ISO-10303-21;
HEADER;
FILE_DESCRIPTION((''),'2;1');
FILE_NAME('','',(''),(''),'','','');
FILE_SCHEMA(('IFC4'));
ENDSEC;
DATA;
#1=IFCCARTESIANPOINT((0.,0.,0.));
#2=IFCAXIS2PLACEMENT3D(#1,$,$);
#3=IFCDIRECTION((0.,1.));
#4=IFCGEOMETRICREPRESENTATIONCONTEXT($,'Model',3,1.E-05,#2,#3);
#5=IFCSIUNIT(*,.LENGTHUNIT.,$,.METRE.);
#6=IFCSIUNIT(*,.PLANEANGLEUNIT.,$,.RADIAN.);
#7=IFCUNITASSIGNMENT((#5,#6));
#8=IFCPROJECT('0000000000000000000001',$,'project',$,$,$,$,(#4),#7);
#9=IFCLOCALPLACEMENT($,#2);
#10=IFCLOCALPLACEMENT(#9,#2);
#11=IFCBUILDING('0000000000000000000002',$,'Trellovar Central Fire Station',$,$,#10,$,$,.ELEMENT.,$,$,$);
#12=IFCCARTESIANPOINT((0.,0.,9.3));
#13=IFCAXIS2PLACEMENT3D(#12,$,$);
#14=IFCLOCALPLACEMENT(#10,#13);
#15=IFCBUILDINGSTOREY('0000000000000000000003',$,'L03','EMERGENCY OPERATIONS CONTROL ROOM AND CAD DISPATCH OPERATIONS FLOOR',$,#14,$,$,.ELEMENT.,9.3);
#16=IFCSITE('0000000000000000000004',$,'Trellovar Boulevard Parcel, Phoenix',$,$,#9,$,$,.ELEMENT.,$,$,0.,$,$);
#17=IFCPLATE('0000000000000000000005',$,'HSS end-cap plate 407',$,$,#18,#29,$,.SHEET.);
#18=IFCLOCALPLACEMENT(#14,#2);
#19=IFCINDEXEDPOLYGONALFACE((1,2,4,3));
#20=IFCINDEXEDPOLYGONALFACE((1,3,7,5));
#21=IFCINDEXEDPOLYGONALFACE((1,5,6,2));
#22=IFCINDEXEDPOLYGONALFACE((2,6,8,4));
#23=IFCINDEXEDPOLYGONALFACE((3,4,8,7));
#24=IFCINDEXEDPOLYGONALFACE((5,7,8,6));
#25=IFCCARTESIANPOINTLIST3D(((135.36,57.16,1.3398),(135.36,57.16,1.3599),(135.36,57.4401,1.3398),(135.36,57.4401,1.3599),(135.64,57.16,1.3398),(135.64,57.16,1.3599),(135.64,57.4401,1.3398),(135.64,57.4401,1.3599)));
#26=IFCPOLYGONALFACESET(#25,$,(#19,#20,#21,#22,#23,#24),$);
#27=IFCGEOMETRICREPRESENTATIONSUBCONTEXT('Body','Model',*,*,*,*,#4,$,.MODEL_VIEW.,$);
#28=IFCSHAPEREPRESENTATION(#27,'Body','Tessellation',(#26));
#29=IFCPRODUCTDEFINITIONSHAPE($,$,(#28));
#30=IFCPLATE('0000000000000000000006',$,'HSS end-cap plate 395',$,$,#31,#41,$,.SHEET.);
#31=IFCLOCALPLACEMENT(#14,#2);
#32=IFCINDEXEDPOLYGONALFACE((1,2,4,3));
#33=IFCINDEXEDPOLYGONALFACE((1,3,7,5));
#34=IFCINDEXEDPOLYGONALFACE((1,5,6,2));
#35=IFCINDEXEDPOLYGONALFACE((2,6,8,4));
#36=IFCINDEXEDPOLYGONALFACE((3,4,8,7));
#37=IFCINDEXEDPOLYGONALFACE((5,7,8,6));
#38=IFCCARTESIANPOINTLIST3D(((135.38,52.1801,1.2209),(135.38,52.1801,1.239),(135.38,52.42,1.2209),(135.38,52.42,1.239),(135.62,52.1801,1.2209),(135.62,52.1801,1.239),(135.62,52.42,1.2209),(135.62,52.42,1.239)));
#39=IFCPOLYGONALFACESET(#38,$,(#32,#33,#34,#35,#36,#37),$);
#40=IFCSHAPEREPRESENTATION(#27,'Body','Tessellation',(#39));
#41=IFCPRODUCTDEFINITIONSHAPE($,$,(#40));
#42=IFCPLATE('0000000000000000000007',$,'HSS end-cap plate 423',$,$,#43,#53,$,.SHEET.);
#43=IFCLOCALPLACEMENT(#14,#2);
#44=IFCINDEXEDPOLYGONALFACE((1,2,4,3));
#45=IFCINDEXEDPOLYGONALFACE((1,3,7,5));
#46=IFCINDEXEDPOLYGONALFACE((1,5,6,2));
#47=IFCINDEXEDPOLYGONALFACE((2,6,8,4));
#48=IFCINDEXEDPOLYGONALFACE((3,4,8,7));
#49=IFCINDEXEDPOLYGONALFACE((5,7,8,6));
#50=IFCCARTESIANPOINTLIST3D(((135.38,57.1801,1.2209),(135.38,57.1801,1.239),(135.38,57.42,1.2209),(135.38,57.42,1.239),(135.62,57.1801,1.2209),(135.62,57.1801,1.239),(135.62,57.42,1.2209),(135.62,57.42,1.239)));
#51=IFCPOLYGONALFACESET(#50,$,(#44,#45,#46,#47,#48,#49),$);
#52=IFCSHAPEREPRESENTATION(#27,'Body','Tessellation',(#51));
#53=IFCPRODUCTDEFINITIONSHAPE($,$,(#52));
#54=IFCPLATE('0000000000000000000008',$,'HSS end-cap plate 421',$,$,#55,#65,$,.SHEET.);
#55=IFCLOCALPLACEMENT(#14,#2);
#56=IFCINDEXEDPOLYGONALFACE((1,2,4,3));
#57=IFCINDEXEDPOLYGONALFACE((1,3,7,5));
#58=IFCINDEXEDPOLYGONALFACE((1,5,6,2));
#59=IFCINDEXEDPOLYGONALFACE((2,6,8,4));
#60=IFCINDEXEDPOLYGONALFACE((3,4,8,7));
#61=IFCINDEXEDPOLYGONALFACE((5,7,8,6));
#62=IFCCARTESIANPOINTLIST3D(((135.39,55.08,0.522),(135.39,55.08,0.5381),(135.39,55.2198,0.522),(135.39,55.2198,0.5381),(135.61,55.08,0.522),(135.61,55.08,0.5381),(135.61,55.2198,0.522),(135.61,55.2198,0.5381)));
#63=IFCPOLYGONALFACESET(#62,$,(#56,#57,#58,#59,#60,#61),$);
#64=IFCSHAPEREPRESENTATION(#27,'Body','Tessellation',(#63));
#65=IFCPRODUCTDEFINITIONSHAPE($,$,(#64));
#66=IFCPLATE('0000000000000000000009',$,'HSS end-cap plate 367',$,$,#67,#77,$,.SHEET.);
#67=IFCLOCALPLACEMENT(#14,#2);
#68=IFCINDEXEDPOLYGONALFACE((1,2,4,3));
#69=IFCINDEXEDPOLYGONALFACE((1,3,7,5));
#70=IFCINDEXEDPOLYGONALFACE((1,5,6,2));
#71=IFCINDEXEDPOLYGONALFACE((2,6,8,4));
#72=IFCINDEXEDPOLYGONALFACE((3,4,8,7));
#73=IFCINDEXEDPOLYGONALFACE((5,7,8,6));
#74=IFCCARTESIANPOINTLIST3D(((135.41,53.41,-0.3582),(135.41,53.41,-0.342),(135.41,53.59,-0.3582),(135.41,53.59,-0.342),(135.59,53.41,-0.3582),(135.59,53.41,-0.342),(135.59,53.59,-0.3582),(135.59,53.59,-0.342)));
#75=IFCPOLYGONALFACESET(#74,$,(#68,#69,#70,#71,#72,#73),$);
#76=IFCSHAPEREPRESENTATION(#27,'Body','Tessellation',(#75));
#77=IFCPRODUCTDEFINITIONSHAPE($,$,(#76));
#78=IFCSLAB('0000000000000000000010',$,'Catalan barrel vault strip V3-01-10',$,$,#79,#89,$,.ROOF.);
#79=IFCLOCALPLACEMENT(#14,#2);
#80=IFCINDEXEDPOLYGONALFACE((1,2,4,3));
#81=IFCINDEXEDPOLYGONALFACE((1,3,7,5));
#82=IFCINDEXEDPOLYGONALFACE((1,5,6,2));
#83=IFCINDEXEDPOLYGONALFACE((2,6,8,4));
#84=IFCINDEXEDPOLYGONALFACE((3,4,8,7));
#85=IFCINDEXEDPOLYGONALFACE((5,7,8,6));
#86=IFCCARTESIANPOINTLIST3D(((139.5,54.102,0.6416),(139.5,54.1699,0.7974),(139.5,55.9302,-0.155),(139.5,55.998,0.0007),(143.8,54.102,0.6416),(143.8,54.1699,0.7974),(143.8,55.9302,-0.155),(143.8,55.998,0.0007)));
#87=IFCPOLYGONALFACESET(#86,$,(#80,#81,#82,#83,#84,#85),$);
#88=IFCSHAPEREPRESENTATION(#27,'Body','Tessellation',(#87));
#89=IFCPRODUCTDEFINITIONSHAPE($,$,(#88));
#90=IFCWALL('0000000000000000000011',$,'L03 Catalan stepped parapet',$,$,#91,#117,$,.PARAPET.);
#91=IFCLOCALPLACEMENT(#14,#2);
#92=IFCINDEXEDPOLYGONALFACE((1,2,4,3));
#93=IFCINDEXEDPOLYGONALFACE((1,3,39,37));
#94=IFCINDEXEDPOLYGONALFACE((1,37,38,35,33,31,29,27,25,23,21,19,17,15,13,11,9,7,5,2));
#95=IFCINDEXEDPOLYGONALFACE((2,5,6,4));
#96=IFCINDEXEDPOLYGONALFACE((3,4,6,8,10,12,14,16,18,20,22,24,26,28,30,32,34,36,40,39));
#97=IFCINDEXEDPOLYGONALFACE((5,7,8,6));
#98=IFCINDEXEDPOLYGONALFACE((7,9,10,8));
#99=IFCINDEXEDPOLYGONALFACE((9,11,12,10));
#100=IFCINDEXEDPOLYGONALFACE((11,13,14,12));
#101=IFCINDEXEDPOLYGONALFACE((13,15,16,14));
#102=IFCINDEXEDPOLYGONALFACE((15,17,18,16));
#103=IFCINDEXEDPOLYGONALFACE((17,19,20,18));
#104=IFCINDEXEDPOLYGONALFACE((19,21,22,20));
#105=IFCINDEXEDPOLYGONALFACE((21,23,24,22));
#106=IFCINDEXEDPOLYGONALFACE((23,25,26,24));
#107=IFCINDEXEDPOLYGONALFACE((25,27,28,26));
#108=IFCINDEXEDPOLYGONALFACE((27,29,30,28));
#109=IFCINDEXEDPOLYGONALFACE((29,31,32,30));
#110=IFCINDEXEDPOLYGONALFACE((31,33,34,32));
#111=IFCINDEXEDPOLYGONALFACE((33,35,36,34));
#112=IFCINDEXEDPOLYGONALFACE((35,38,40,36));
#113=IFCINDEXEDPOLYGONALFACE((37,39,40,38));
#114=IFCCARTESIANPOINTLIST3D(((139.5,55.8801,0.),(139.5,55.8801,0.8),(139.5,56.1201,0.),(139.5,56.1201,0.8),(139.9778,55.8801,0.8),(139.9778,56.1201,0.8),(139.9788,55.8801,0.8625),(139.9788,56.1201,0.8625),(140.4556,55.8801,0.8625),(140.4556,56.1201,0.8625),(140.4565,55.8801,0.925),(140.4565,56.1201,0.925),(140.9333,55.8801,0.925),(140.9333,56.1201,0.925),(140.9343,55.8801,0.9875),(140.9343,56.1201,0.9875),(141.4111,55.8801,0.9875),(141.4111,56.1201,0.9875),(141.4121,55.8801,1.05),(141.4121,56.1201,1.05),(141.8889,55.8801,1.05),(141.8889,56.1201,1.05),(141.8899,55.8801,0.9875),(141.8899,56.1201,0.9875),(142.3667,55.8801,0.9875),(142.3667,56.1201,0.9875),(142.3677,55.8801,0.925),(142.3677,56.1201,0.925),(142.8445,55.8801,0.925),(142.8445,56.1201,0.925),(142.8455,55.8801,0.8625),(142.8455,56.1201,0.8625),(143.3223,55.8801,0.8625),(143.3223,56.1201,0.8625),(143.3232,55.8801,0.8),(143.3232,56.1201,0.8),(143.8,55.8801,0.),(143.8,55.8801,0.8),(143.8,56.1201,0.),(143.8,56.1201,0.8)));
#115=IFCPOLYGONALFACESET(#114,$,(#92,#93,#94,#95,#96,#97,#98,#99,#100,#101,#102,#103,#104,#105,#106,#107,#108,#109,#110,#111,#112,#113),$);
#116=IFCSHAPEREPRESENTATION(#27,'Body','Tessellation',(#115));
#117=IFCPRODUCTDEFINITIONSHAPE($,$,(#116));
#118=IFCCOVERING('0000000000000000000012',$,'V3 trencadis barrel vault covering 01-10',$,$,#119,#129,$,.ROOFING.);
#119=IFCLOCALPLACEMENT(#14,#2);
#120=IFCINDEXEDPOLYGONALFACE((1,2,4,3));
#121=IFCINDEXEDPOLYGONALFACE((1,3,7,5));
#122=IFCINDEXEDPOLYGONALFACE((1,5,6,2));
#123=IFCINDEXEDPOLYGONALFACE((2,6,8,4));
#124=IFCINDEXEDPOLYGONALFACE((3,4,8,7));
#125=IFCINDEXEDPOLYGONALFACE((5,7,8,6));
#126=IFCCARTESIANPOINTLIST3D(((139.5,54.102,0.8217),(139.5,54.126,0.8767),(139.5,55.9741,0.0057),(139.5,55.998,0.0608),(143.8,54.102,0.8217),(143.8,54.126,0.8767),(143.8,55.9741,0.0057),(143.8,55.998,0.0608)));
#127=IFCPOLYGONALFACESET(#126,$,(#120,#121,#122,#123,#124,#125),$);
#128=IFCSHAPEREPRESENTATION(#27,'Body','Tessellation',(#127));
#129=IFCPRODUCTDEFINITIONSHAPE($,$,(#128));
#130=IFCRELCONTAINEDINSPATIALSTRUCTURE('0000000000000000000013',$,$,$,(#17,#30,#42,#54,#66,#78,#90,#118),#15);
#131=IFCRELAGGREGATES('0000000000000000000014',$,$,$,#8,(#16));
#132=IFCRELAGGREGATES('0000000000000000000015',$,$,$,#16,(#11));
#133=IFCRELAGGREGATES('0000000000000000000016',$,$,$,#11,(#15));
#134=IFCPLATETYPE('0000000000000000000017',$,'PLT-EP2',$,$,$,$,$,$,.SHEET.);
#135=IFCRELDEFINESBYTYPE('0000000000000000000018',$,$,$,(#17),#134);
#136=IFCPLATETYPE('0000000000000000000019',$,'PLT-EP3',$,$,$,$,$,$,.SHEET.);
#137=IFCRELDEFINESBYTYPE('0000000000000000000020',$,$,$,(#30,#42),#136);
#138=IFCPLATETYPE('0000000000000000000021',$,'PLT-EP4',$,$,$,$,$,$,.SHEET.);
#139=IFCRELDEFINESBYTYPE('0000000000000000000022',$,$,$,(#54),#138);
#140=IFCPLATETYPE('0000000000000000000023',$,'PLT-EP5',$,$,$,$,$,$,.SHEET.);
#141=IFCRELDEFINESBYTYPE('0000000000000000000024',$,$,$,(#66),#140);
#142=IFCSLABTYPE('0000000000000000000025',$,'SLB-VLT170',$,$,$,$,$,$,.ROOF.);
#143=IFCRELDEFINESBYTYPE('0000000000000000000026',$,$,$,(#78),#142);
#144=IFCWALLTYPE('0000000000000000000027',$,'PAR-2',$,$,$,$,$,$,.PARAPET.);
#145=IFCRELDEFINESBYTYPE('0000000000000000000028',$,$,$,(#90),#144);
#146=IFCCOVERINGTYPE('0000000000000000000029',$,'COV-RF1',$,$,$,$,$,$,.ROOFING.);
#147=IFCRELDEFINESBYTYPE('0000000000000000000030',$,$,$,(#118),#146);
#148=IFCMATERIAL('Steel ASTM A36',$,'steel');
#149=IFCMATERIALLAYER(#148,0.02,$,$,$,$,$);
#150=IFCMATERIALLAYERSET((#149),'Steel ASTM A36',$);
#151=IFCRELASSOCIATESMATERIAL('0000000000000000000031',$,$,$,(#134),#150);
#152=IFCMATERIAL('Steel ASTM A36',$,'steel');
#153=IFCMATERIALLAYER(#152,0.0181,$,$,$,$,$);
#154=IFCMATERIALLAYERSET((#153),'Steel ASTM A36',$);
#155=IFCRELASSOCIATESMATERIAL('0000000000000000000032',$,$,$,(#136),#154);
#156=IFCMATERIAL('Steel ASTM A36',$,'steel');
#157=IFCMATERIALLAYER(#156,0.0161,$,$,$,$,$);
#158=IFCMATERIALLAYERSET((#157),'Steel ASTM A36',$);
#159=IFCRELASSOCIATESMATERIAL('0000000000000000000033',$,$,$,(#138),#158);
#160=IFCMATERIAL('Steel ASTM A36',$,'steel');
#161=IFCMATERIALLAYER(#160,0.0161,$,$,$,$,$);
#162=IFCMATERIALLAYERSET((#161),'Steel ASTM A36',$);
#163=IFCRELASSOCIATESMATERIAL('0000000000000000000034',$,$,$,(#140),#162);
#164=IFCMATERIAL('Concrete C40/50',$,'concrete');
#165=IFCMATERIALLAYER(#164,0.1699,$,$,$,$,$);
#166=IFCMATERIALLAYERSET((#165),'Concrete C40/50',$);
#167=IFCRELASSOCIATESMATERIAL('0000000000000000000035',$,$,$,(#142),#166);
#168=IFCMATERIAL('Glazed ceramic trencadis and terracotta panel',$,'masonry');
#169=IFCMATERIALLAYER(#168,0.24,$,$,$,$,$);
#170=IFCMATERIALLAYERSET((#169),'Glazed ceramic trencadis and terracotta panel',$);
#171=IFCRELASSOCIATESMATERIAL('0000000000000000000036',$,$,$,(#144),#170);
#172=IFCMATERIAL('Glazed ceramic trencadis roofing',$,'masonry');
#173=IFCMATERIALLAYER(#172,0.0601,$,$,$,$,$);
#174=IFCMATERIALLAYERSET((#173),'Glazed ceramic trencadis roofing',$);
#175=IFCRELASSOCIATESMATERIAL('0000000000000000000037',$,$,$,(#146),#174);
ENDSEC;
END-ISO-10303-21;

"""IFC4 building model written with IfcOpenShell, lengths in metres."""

from ifc_helpers import new_model, si_unit, direction, frame, origin, origin_2d, place, context, subcontext, project, spatial, polyline, rectangle, outline, extrude, material, layer, layer_set, type_object, element, save


model = new_model("IFC4")

# Units and contexts
model_context = context("Model", 3, precision=1e-05, world=origin(), true_north=direction((0.0, 1.0)))
body_context = subcontext(model_context, "Body", "Model", "MODEL_VIEW")
ifc_project = project(units=[si_unit("LENGTHUNIT", "METRE"), si_unit("PLANEANGLEUNIT", "RADIAN")], contexts=[model_context])

# Site, building, storey
site_placement = place(None, origin())
site = spatial("IfcSite", under=ifc_project, at=site_placement, Name="Trellovar Boulevard Parcel, Phoenix", CompositionType="ELEMENT", RefElevation=0.0)
building_placement = place(site_placement, origin())
building = spatial("IfcBuilding", under=site, at=building_placement, Name="Trellovar Central Fire Station", CompositionType="ELEMENT")
storey_placement = place(building_placement, frame((0.0, 0.0, 9.3)))
storey = spatial("IfcBuildingStorey", under=building, at=storey_placement, Name="L03", Description="EMERGENCY OPERATIONS CONTROL ROOM AND CAD DISPATCH OPERATIONS FLOOR", CompositionType="ELEMENT", Elevation=9.3)

# Plates
ifc_material_1 = material(Name="Steel ASTM A36", Category="steel")
ifc_layer_1 = layer(ifc_material_1, 0.02)
ifc_layer_set_1 = layer_set([ifc_layer_1], Name="Steel ASTM A36")
plate_type_1 = type_object("IfcPlateType", Name="PLT-EP2", PredefinedType="SHEET", material=ifc_layer_set_1)
for number, where, z_axis, x_axis, name in (
    (1, (135.5, 57.3, 1.3398), (0.0, 0.0, 1.0), (1.0, 0.0, 0.0), "HSS end-cap plate 407"),
):
    element("IfcPlate", number, at=place(storey_placement, frame(where, z_axis=z_axis, x_axis=x_axis)), inside=storey, type_object=plate_type_1, Name=name, PredefinedType="SHEET", context=body_context, shape_type="SweptSolid", body=[
        extrude(rectangle(XDim=0.28, YDim=0.28, at=origin_2d()), origin(), (0.0, 0.0, 1.0), 0.02),
    ])
ifc_material_2 = material(Name="Steel ASTM A36", Category="steel")
ifc_layer_2 = layer(ifc_material_2, 0.0181)
ifc_layer_set_2 = layer_set([ifc_layer_2], Name="Steel ASTM A36")
plate_type_2 = type_object("IfcPlateType", Name="PLT-EP3", PredefinedType="SHEET", material=ifc_layer_set_2)
for number, where, z_axis, x_axis, name in (
    (2, (135.5, 52.3, 1.2209), (0.0, 0.0, 1.0), (1.0, 0.0, 0.0), "HSS end-cap plate 395"),
    (3, (135.5, 57.3, 1.2209), (0.0, 0.0, 1.0), (1.0, 0.0, 0.0), "HSS end-cap plate 423"),
):
    element("IfcPlate", number, at=place(storey_placement, frame(where, z_axis=z_axis, x_axis=x_axis)), inside=storey, type_object=plate_type_2, Name=name, PredefinedType="SHEET", context=body_context, shape_type="SweptSolid", body=[
        extrude(rectangle(XDim=0.24, YDim=0.24, at=origin_2d()), origin(), (0.0, 0.0, 1.0), 0.0181),
    ])
ifc_material_3 = material(Name="Steel ASTM A36", Category="steel")
ifc_layer_3 = layer(ifc_material_3, 0.0161)
ifc_layer_set_3 = layer_set([ifc_layer_3], Name="Steel ASTM A36")
plate_type_3 = type_object("IfcPlateType", Name="PLT-EP4", PredefinedType="SHEET", material=ifc_layer_set_3)
plate_1_placement = place(storey_placement, frame((135.5, 55.1499, 0.522), z_axis=(0.0, 0.0, 1.0), x_axis=(1.0, 0.0, 0.0)))
element("IfcPlate", 4, at=plate_1_placement, inside=storey, type_object=plate_type_3, Name="HSS end-cap plate 421", PredefinedType="SHEET", context=body_context, shape_type="SweptSolid", body=[
    extrude(rectangle(XDim=0.22, YDim=0.1399, at=origin_2d()), origin(), (0.0, 0.0, 1.0), 0.0161),
])
ifc_material_4 = material(Name="Steel ASTM A36", Category="steel")
ifc_layer_4 = layer(ifc_material_4, 0.0161)
ifc_layer_set_4 = layer_set([ifc_layer_4], Name="Steel ASTM A36")
plate_type_4 = type_object("IfcPlateType", Name="PLT-EP5", PredefinedType="SHEET", material=ifc_layer_set_4)
plate_2_placement = place(storey_placement, frame((135.5, 53.5, -0.3582), z_axis=(0.0, 0.0, 1.0), x_axis=(1.0, 0.0, 0.0)))
element("IfcPlate", 5, at=plate_2_placement, inside=storey, type_object=plate_type_4, Name="HSS end-cap plate 367", PredefinedType="SHEET", context=body_context, shape_type="SweptSolid", body=[
    extrude(rectangle(XDim=0.1799, YDim=0.1799, at=origin_2d()), origin(), (0.0, 0.0, 1.0), 0.0161),
])

# Slab
ifc_material_5 = material(Name="Concrete C40/50", Category="concrete")
ifc_layer_5 = layer(ifc_material_5, 0.1699)
ifc_layer_set_5 = layer_set([ifc_layer_5], Name="Concrete C40/50")
slab_type = type_object("IfcSlabType", Name="SLB-VLT170", PredefinedType="ROOF", material=ifc_layer_set_5)
slab_placement = place(storey_placement, frame((139.5, 54.1699, 0.7974), z_axis=(0.0, 0.399483, 0.916741), x_axis=(1.0, 0.0, 0.0)))
element("IfcSlab", 6, at=slab_placement, inside=storey, type_object=slab_type, Name="Catalan barrel vault strip V3-01-10", PredefinedType="ROOF", context=body_context, shape_type="SweptSolid", body=[
    extrude(outline(polyline([(0.0, 0.0), (4.3, 0.0), (4.3, 1.9942), (0.0, 1.9942), (0.0, 0.0)])), origin(), (0.0, 0.0, -1.0), 0.1699),
])

# Wall
ifc_material_6 = material(Name="Glazed ceramic trencadis and terracotta panel", Category="masonry")
ifc_layer_6 = layer(ifc_material_6, 0.24)
ifc_layer_set_6 = layer_set([ifc_layer_6], Name="Glazed ceramic trencadis and terracotta panel")
wall_type = type_object("IfcWallType", Name="PAR-2", PredefinedType="PARAPET", material=ifc_layer_set_6)
wall_placement = place(storey_placement, frame((139.5, 56.0, 0.0), z_axis=(0.0, 0.0, 1.0), x_axis=(1.0, 0.0, 0.0)))
element("IfcWall", 7, at=wall_placement, inside=storey, type_object=wall_type, Name="L03 Catalan stepped parapet", PredefinedType="PARAPET", context=body_context, shape_type="SweptSolid", body=[
    extrude(outline(polyline([(0.0, 0.0), (4.3, 0.0), (4.3, 0.8), (3.8232, 0.8), (3.8223, 0.8625), (3.3455, 0.8625), (3.3445, 0.925), (2.8677, 0.925), (2.8667, 0.9875), (2.3899, 0.9875), (2.3889, 1.05), (1.9121, 1.05), (1.9111, 0.9875), (1.4343, 0.9875), (1.4333, 0.925), (0.9565, 0.925), (0.9556, 0.8625), (0.4788, 0.8625), (0.4778, 0.8), (0.0, 0.8), (0.0, 0.0)])), frame((0.0, 0.1201, 0.0), z_axis=(0.0, -1.0, 0.0), x_axis=(1.0, 0.0, 0.0)), (0.0, 0.0, 1.0), 0.24),
])

# Covering
ifc_material_7 = material(Name="Glazed ceramic trencadis roofing", Category="masonry")
ifc_layer_7 = layer(ifc_material_7, 0.0601)
ifc_layer_set_7 = layer_set([ifc_layer_7], Name="Glazed ceramic trencadis roofing")
covering_type = type_object("IfcCoveringType", Name="COV-RF1", PredefinedType="ROOFING", material=ifc_layer_set_7)
covering_placement = place(storey_placement, frame((139.5, 54.126, 0.8767), z_axis=(0.0, 0.399539, 0.916716), x_axis=(1.0, 0.0, 0.0)))
element("IfcCovering", 8, at=covering_placement, inside=storey, type_object=covering_type, Name="V3 trencadis barrel vault covering 01-10", PredefinedType="ROOFING", context=body_context, shape_type="SweptSolid", body=[
    extrude(outline(polyline([(0.0, 0.0), (4.3, 0.0), (4.3, 2.0421), (0.0, 2.0421), (0.0, 0.0)])), origin(), (0.0, 0.0, -1.0), 0.0601),
])

save(model, "model.ifc")
